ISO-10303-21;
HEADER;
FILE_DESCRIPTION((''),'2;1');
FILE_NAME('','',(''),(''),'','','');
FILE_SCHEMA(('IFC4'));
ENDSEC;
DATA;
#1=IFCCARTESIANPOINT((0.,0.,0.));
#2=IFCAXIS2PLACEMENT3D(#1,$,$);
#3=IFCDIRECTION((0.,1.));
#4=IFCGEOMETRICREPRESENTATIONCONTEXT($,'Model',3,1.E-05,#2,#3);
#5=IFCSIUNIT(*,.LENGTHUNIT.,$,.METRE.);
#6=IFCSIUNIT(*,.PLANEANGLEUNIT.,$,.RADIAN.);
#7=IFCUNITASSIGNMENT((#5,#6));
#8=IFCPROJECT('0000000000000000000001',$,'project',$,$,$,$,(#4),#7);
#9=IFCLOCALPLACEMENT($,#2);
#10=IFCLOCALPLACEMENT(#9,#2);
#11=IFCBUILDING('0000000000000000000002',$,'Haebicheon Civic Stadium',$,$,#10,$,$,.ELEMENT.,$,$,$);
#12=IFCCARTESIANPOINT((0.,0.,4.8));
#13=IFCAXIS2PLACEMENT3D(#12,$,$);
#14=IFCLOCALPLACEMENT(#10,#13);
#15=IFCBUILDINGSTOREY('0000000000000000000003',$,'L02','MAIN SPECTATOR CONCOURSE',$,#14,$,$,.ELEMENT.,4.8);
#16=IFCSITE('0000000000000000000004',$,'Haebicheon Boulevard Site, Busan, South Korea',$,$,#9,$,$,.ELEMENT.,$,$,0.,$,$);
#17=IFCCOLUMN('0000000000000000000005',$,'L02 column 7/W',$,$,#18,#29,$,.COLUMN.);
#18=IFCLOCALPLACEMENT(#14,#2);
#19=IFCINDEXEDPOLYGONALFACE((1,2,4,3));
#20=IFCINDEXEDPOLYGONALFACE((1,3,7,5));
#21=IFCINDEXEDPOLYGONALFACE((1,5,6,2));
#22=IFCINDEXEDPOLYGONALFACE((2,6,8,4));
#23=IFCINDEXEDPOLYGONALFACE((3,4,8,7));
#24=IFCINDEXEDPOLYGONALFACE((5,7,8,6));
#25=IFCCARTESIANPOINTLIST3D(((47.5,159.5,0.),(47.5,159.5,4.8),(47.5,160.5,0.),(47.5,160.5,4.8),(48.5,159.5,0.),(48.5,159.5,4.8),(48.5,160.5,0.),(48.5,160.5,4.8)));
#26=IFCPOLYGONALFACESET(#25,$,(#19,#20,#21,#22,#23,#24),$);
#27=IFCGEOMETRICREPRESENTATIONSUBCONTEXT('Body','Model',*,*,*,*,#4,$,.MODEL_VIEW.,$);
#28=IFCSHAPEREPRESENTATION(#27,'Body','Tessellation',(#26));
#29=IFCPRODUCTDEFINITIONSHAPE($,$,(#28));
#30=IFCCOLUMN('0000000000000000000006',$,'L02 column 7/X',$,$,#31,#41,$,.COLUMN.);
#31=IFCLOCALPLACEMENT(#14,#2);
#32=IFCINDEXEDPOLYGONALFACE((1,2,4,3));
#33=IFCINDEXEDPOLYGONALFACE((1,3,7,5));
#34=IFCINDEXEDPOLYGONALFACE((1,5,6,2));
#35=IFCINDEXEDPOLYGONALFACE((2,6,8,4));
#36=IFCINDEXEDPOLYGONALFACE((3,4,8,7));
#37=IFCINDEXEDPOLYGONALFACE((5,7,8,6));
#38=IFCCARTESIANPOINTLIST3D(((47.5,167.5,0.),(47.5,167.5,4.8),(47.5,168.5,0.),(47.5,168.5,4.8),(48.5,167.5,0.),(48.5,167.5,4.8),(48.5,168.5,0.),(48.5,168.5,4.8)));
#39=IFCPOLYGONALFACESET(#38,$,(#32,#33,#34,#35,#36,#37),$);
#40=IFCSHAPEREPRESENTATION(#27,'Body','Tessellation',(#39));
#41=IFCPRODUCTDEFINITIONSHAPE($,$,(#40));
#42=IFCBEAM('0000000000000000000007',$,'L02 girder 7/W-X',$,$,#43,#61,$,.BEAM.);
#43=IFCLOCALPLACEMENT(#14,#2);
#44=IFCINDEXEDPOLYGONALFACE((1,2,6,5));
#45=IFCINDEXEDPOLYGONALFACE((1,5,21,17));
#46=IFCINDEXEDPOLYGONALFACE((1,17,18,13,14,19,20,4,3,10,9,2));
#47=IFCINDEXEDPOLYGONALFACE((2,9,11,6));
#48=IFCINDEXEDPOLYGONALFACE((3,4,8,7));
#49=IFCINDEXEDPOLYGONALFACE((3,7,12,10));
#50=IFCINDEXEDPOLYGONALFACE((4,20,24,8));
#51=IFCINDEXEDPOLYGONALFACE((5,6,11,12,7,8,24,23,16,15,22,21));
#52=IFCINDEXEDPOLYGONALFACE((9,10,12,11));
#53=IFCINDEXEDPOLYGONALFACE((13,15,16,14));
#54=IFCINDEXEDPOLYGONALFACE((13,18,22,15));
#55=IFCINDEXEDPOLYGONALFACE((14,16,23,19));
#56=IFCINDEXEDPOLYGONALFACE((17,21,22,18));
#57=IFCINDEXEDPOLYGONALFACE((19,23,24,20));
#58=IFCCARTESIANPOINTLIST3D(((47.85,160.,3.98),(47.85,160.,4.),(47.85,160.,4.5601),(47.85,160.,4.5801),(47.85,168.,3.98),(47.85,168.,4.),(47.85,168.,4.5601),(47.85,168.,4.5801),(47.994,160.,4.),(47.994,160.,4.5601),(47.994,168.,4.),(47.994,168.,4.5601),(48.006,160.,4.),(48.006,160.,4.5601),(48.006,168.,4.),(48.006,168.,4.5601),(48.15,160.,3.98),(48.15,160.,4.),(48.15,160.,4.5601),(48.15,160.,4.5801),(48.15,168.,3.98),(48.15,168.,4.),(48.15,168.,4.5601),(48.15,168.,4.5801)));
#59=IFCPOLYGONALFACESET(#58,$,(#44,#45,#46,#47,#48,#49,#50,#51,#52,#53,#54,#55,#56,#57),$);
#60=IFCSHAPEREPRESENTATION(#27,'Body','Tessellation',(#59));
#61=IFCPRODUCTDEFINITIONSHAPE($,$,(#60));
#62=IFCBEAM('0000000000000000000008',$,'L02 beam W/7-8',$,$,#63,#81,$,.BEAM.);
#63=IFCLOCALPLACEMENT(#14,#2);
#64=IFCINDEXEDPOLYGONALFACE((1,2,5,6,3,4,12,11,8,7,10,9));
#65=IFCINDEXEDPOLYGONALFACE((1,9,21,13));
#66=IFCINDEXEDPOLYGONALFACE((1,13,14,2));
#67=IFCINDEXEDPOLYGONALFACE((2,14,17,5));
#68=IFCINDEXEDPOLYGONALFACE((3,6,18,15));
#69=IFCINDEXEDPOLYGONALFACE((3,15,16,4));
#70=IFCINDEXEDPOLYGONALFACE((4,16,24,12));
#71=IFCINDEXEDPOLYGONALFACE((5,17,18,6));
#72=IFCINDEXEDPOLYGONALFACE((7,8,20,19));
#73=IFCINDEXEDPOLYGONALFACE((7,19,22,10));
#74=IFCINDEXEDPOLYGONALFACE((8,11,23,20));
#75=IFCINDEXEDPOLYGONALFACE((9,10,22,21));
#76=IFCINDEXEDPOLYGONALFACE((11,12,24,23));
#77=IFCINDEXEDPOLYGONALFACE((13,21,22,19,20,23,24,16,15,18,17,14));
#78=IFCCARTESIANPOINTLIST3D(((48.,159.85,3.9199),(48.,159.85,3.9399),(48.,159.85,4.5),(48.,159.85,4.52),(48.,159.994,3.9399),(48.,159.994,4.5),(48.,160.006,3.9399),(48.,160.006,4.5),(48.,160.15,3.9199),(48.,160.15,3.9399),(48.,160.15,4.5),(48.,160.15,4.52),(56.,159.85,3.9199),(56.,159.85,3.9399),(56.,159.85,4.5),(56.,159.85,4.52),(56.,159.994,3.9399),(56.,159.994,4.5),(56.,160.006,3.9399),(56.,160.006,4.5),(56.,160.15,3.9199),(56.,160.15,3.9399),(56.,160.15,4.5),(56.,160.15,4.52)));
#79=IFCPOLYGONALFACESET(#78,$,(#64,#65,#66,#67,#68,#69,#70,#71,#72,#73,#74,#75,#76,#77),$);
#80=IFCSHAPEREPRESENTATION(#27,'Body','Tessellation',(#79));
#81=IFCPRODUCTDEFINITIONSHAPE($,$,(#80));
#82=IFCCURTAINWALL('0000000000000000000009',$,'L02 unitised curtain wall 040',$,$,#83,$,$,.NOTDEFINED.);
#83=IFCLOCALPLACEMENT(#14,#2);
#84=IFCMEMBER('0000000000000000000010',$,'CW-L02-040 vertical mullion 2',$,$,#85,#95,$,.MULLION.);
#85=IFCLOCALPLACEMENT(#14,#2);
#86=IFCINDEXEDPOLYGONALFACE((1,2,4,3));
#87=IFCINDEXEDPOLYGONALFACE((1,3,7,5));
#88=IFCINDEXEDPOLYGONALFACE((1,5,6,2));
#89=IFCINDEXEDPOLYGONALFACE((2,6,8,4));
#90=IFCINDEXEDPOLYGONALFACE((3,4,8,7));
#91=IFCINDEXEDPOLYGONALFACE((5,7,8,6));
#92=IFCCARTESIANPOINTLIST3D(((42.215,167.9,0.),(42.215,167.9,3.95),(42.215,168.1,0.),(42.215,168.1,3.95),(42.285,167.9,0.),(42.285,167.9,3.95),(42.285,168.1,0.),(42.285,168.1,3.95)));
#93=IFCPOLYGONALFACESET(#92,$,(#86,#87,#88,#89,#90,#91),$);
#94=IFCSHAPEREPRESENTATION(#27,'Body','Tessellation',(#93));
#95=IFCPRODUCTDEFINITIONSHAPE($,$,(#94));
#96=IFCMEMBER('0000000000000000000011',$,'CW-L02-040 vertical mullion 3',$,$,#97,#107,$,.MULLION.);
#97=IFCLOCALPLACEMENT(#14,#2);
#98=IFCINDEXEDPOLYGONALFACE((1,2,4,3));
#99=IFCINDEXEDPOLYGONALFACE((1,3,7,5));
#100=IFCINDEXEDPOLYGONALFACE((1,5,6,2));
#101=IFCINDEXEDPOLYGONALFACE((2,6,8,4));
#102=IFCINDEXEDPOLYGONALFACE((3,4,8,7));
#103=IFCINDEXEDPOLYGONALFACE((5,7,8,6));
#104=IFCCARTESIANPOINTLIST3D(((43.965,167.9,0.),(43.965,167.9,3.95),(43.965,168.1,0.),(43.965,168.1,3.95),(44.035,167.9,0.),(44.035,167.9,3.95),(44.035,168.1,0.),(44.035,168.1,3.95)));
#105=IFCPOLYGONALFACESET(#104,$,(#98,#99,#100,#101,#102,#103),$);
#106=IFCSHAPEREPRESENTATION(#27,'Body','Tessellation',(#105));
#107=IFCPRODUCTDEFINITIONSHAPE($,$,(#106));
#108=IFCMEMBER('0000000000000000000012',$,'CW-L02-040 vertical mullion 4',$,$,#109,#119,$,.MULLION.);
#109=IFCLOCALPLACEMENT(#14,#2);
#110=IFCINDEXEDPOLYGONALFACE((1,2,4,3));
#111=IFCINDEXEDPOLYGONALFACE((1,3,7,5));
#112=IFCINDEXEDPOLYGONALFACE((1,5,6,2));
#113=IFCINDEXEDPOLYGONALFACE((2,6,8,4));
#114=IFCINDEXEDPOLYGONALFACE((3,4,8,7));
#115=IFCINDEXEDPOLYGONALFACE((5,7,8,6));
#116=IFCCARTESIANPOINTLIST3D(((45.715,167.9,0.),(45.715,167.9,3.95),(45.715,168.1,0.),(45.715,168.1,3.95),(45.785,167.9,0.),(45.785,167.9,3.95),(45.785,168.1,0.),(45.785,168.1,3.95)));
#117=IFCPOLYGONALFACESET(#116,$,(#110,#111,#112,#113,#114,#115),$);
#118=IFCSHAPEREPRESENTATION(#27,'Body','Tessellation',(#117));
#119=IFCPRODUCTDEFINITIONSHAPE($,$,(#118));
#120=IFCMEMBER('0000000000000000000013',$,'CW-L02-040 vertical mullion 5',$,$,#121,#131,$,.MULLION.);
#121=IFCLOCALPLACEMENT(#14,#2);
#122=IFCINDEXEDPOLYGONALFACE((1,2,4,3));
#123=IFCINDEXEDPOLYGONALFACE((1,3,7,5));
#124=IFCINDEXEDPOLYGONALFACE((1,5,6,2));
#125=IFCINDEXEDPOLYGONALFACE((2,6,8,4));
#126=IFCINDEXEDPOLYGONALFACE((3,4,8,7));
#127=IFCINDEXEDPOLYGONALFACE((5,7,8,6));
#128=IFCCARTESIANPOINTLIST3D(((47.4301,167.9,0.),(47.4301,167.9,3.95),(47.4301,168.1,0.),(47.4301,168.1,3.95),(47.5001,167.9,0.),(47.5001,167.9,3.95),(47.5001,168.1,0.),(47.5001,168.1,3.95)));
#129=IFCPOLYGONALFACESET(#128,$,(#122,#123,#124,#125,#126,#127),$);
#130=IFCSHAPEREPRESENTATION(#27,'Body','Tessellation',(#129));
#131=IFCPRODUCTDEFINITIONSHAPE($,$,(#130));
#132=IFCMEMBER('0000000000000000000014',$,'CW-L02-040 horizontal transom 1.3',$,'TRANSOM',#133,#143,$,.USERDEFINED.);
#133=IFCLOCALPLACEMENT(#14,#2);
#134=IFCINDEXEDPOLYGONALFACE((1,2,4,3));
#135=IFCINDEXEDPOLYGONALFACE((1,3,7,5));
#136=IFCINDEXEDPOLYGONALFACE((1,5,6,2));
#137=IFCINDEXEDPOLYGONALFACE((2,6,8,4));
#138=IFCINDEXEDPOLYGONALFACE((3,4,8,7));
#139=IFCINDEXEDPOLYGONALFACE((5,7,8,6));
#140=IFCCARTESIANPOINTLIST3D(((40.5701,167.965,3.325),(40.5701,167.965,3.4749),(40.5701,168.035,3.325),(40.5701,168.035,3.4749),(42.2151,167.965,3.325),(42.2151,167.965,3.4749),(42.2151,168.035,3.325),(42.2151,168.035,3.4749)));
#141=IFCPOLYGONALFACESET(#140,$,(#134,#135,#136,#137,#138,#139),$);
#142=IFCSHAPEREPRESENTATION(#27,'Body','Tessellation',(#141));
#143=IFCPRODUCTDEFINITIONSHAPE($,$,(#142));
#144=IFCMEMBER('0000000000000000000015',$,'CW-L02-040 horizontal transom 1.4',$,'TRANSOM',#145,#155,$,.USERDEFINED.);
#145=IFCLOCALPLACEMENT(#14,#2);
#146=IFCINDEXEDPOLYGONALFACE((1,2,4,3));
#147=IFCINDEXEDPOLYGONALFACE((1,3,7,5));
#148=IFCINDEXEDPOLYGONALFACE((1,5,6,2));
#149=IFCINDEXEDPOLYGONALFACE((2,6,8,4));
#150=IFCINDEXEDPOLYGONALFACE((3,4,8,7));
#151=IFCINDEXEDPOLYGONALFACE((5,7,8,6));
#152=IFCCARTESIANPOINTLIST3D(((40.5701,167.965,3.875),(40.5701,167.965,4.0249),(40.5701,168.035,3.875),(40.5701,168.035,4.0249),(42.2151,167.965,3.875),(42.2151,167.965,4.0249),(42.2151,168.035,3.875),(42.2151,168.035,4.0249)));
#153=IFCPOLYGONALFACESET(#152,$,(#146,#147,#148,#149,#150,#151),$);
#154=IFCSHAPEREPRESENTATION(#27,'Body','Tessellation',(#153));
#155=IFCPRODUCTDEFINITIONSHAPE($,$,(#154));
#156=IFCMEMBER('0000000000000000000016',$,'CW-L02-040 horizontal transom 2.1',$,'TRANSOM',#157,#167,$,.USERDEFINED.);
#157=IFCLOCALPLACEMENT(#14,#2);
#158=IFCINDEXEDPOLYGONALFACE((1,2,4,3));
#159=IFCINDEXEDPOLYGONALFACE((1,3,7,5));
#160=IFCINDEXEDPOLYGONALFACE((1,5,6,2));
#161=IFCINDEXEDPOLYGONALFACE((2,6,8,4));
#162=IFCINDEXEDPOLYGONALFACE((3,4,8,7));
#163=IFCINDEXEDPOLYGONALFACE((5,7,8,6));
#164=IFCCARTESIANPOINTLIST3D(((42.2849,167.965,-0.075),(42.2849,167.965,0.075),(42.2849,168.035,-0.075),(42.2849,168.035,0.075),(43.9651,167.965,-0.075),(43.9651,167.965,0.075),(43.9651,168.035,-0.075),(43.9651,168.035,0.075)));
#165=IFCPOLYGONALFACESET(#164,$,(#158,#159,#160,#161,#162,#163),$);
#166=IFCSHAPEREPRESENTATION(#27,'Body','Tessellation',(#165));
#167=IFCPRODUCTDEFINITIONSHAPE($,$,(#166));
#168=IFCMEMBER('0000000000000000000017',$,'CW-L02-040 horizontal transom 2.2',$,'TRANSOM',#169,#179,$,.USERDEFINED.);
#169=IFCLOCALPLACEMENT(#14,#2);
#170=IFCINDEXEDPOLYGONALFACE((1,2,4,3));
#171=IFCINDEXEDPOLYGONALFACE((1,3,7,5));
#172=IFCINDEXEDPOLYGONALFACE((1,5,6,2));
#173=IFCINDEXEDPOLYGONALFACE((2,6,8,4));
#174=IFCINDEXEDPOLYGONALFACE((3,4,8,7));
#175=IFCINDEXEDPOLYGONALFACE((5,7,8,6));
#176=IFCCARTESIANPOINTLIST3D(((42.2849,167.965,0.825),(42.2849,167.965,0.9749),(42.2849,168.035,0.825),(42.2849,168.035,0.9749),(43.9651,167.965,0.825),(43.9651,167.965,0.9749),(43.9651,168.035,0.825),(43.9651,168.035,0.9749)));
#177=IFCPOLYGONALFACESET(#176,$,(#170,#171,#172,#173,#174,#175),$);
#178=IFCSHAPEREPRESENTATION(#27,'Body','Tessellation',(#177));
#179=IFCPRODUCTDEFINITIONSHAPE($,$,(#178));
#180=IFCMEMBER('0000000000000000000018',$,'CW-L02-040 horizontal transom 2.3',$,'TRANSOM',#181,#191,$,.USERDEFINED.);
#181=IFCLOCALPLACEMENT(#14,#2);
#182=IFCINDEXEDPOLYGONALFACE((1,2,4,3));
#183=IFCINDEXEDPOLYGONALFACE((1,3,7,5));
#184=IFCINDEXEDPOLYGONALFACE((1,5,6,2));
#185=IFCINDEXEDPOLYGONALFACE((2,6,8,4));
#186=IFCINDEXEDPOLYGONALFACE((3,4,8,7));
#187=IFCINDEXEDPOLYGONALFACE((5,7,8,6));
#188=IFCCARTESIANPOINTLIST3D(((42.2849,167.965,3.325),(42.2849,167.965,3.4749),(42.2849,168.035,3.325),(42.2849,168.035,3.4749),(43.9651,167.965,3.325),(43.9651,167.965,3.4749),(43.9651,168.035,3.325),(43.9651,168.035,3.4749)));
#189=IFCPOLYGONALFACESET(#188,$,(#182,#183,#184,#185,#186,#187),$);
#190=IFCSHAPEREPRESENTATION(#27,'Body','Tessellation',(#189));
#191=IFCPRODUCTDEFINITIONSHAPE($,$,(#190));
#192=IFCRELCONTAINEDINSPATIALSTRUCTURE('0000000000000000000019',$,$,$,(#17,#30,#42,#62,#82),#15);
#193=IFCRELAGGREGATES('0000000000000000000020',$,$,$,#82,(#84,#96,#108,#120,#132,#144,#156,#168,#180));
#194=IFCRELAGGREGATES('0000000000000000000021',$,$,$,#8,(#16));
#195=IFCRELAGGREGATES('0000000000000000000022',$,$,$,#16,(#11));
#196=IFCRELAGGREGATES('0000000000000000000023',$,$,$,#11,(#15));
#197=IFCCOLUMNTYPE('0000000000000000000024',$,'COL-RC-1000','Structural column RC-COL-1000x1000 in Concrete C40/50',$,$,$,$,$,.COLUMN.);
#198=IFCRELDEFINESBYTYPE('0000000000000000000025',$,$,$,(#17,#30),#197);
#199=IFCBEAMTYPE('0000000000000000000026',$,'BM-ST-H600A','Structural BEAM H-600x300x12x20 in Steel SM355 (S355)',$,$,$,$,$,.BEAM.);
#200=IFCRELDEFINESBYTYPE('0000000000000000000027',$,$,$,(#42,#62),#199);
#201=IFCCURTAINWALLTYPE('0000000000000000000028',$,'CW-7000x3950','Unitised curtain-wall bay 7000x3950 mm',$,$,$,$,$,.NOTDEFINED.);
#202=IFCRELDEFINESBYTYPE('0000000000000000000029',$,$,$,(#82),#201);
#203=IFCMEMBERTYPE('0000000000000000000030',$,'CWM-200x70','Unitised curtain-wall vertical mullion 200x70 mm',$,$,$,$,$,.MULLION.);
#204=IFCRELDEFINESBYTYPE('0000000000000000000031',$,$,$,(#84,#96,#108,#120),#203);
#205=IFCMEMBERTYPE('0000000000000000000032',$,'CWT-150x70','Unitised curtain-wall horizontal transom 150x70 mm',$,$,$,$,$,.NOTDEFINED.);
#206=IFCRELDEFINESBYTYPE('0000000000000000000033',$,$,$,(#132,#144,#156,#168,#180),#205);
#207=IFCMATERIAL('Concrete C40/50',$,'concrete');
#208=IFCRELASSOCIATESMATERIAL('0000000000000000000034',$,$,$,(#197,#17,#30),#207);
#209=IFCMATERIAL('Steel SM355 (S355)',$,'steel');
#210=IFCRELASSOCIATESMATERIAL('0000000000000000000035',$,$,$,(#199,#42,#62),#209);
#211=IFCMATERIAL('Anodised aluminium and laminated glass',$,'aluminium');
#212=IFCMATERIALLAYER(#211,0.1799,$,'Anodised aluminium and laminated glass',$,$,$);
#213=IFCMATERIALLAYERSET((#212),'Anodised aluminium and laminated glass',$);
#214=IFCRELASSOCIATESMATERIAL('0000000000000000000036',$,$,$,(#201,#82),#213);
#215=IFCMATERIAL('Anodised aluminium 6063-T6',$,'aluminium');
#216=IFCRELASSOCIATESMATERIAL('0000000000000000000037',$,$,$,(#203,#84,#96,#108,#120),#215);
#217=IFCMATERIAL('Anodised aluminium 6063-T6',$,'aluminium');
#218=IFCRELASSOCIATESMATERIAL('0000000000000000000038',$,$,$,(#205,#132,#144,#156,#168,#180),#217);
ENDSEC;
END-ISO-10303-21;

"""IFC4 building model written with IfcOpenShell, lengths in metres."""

from ifc_helpers import new_model, si_unit, direction, frame, origin, origin_2d, place, context, subcontext, project, spatial, rectangle, i_section, extrude, material, layer, layer_set, material_profile, profile_set, type_object, element, aggregate, save


model = new_model("IFC4")

# Units and contexts
model_context = context("Model", 3, precision=1e-05, world=origin(), true_north=direction((0.0, 1.0)))
body_context = subcontext(model_context, "Body", "Model", "MODEL_VIEW")
ifc_project = project(units=[si_unit("LENGTHUNIT", "METRE"), si_unit("PLANEANGLEUNIT", "RADIAN")], contexts=[model_context])

# Site, building, storey
site_placement = place(None, origin())
site = spatial("IfcSite", under=ifc_project, at=site_placement, Name="Haebicheon Boulevard Site, Busan, South Korea", CompositionType="ELEMENT", RefElevation=0.0)
building_placement = place(site_placement, origin())
building = spatial("IfcBuilding", under=site, at=building_placement, Name="Haebicheon Civic Stadium", CompositionType="ELEMENT")
storey_placement = place(building_placement, frame((0.0, 0.0, 4.8)))
storey = spatial("IfcBuildingStorey", under=building, at=storey_placement, Name="L02", Description="MAIN SPECTATOR CONCOURSE", CompositionType="ELEMENT", Elevation=4.8)

# Columns
ifc_material_1 = material(Name="Concrete C40/50", Category="concrete")
ifc_material_profile_1 = material_profile(ifc_material_1, rectangle(XDim=1.0, YDim=1.0, at=origin_2d()), Name="RC-COL-1000x1000")
ifc_profile_set_1 = profile_set([ifc_material_profile_1], Name="Concrete C40/50")
column_type = type_object("IfcColumnType", Name="COL-RC-1000", Description="Structural column RC-COL-1000x1000 in Concrete C40/50", PredefinedType="COLUMN", material=ifc_profile_set_1)
for number, where, z_axis, x_axis, name in (
    (1, (48.0, 160.0, 0.0), (0.0, 0.0, 1.0), (1.0, 0.0, 0.0), "L02 column 7/W"),
    (2, (48.0, 168.0, 0.0), (0.0, 0.0, 1.0), (1.0, 0.0, 0.0), "L02 column 7/X"),
):
    element("IfcColumn", number, at=place(storey_placement, frame(where, z_axis=z_axis, x_axis=x_axis)), inside=storey, type_object=column_type, material=ifc_profile_set_1, Name=name, PredefinedType="COLUMN", context=body_context, shape_type="SweptSolid", body=[
        extrude(rectangle(XDim=1.0, YDim=1.0, at=origin_2d()), origin(), (0.0, 0.0, 1.0), 4.8),
    ])

# Beams
ifc_material_2 = material(Name="Steel SM355 (S355)", Category="steel")
ifc_material_profile_2 = material_profile(ifc_material_2, i_section(OverallWidth=0.3, OverallDepth=0.6001, WebThickness=0.012, FlangeThickness=0.02, at=origin_2d()), Name="H-600x300x12x20")
ifc_profile_set_2 = profile_set([ifc_material_profile_2], Name="Steel SM355 (S355)")
beam_type_1 = type_object("IfcBeamType", Name="BM-ST-H600A", Description="Structural BEAM H-600x300x12x20 in Steel SM355 (S355)", PredefinedType="BEAM", material=ifc_profile_set_2)
for number, where, z_axis, x_axis, name in (
    (3, (48.0, 160.0, 4.28), (0.0, 1.0, 0.0), (-1.0, 0.0, 0.0), "L02 girder 7/W-X"),
    (4, (48.0, 160.0, 4.22), (1.0, 0.0, 0.0), (0.0, 1.0, 0.0), "L02 beam W/7-8"),
):
    element("IfcBeam", number, at=place(storey_placement, frame(where, z_axis=z_axis, x_axis=x_axis)), inside=storey, type_object=beam_type_1, material=ifc_profile_set_2, Name=name, PredefinedType="BEAM", context=body_context, shape_type="SweptSolid", body=[
        extrude(i_section(OverallWidth=0.3, OverallDepth=0.6001, WebThickness=0.012, FlangeThickness=0.02, at=origin_2d()), origin(), (0.0, 0.0, 1.0), 8.0),
    ])

# Curtain wall, members
ifc_material_3 = material(Name="Anodised aluminium and laminated glass", Category="aluminium")
ifc_layer_1 = layer(ifc_material_3, 0.1799, Name="Anodised aluminium and laminated glass")
ifc_layer_set_1 = layer_set([ifc_layer_1], Name="Anodised aluminium and laminated glass")
curtain_wall_type = type_object("IfcCurtainWallType", Name="CW-7000x3950", Description="Unitised curtain-wall bay 7000x3950 mm", PredefinedType="NOTDEFINED", material=ifc_layer_set_1)
curtain_wall_placement = place(storey_placement, origin())
curtain_wall = element("IfcCurtainWall", 5, at=curtain_wall_placement, inside=storey, type_object=curtain_wall_type, material=ifc_layer_set_1, Name="L02 unitised curtain wall 040", PredefinedType="NOTDEFINED")
ifc_material_4 = material(Name="Anodised aluminium 6063-T6", Category="aluminium")
ifc_material_profile_3 = material_profile(ifc_material_4, rectangle(XDim=0.0701, YDim=0.2, at=origin_2d()), Name="ALU-MULL-70x200")
ifc_profile_set_3 = profile_set([ifc_material_profile_3], Name="Anodised aluminium 6063-T6")
member_type_1 = type_object("IfcMemberType", Name="CWM-200x70", Description="Unitised curtain-wall vertical mullion 200x70 mm", PredefinedType="MULLION", material=ifc_profile_set_3)
member_1_placement = place(storey_placement, frame((42.25, 168.0, 0.0), z_axis=(0.0, 0.0, 1.0), x_axis=(1.0, 0.0, 0.0)))
member_1 = element("IfcMember", 6, at=member_1_placement, type_object=member_type_1, material=ifc_profile_set_3, Name="CW-L02-040 vertical mullion 2", PredefinedType="MULLION", context=body_context, shape_type="SweptSolid", body=[
    extrude(rectangle(XDim=0.0701, YDim=0.2, at=origin_2d()), origin(), (0.0, 0.0, 1.0), 3.95),
])
member_2_placement = place(storey_placement, frame((44.0, 168.0, 0.0), z_axis=(0.0, 0.0, 1.0), x_axis=(1.0, 0.0, 0.0)))
member_2 = element("IfcMember", 7, at=member_2_placement, type_object=member_type_1, material=ifc_profile_set_3, Name="CW-L02-040 vertical mullion 3", PredefinedType="MULLION", context=body_context, shape_type="SweptSolid", body=[
    extrude(rectangle(XDim=0.0701, YDim=0.2, at=origin_2d()), origin(), (0.0, 0.0, 1.0), 3.95),
])
member_3_placement = place(storey_placement, frame((45.75, 168.0, 0.0), z_axis=(0.0, 0.0, 1.0), x_axis=(1.0, 0.0, 0.0)))
member_3 = element("IfcMember", 8, at=member_3_placement, type_object=member_type_1, material=ifc_profile_set_3, Name="CW-L02-040 vertical mullion 4", PredefinedType="MULLION", context=body_context, shape_type="SweptSolid", body=[
    extrude(rectangle(XDim=0.0701, YDim=0.2, at=origin_2d()), origin(), (0.0, 0.0, 1.0), 3.95),
])
member_4_placement = place(storey_placement, frame((47.4651, 168.0, 0.0), z_axis=(0.0, 0.0, 1.0), x_axis=(1.0, 0.0, 0.0)))
member_4 = element("IfcMember", 9, at=member_4_placement, type_object=member_type_1, material=ifc_profile_set_3, Name="CW-L02-040 vertical mullion 5", PredefinedType="MULLION", context=body_context, shape_type="SweptSolid", body=[
    extrude(rectangle(XDim=0.0701, YDim=0.2, at=origin_2d()), origin(), (0.0, 0.0, 1.0), 3.95),
])
ifc_material_5 = material(Name="Anodised aluminium 6063-T6", Category="aluminium")
ifc_material_profile_4 = material_profile(ifc_material_5, rectangle(XDim=0.0701, YDim=0.1499, at=origin_2d()), Name="ALU-TRAN-70x150")
ifc_profile_set_4 = profile_set([ifc_material_profile_4], Name="Anodised aluminium 6063-T6")
member_type_2 = type_object("IfcMemberType", Name="CWT-150x70", Description="Unitised curtain-wall horizontal transom 150x70 mm", PredefinedType="NOTDEFINED", material=ifc_profile_set_4)
member_5_placement = place(storey_placement, frame((40.5701, 168.0, 3.3999), z_axis=(1.0, 0.0, 0.0), x_axis=(0.0, 1.0, 0.0)))
member_5 = element("IfcMember", 10, at=member_5_placement, type_object=member_type_2, material=ifc_profile_set_4, Name="CW-L02-040 horizontal transom 1.3", ObjectType="TRANSOM", PredefinedType="USERDEFINED", context=body_context, shape_type="SweptSolid", body=[
    extrude(rectangle(XDim=0.0701, YDim=0.1499, at=origin_2d()), origin(), (0.0, 0.0, 1.0), 1.645),
])
member_6_placement = place(storey_placement, frame((40.5701, 168.0, 3.95), z_axis=(1.0, 0.0, 0.0), x_axis=(0.0, 1.0, 0.0)))
member_6 = element("IfcMember", 11, at=member_6_placement, type_object=member_type_2, material=ifc_profile_set_4, Name="CW-L02-040 horizontal transom 1.4", ObjectType="TRANSOM", PredefinedType="USERDEFINED", context=body_context, shape_type="SweptSolid", body=[
    extrude(rectangle(XDim=0.0701, YDim=0.1499, at=origin_2d()), origin(), (0.0, 0.0, 1.0), 1.645),
])
member_7_placement = place(storey_placement, frame((42.2849, 168.0, 0.0), z_axis=(1.0, 0.0, 0.0), x_axis=(0.0, 1.0, 0.0)))
member_7 = element("IfcMember", 12, at=member_7_placement, type_object=member_type_2, material=ifc_profile_set_4, Name="CW-L02-040 horizontal transom 2.1", ObjectType="TRANSOM", PredefinedType="USERDEFINED", context=body_context, shape_type="SweptSolid", body=[
    extrude(rectangle(XDim=0.0701, YDim=0.1499, at=origin_2d()), origin(), (0.0, 0.0, 1.0), 1.6802),
])
member_8_placement = place(storey_placement, frame((42.2849, 168.0, 0.8999), z_axis=(1.0, 0.0, 0.0), x_axis=(0.0, 1.0, 0.0)))
member_8 = element("IfcMember", 13, at=member_8_placement, type_object=member_type_2, material=ifc_profile_set_4, Name="CW-L02-040 horizontal transom 2.2", ObjectType="TRANSOM", PredefinedType="USERDEFINED", context=body_context, shape_type="SweptSolid", body=[
    extrude(rectangle(XDim=0.0701, YDim=0.1499, at=origin_2d()), origin(), (0.0, 0.0, 1.0), 1.6802),
])
member_9_placement = place(storey_placement, frame((42.2849, 168.0, 3.3999), z_axis=(1.0, 0.0, 0.0), x_axis=(0.0, 1.0, 0.0)))
member_9 = element("IfcMember", 14, at=member_9_placement, type_object=member_type_2, material=ifc_profile_set_4, Name="CW-L02-040 horizontal transom 2.3", ObjectType="TRANSOM", PredefinedType="USERDEFINED", context=body_context, shape_type="SweptSolid", body=[
    extrude(rectangle(XDim=0.0701, YDim=0.1499, at=origin_2d()), origin(), (0.0, 0.0, 1.0), 1.6802),
])

aggregate(curtain_wall, [member_1, member_2, member_3, member_4, member_5, member_6, member_7, member_8, member_9])

save(model, "model.ifc")
